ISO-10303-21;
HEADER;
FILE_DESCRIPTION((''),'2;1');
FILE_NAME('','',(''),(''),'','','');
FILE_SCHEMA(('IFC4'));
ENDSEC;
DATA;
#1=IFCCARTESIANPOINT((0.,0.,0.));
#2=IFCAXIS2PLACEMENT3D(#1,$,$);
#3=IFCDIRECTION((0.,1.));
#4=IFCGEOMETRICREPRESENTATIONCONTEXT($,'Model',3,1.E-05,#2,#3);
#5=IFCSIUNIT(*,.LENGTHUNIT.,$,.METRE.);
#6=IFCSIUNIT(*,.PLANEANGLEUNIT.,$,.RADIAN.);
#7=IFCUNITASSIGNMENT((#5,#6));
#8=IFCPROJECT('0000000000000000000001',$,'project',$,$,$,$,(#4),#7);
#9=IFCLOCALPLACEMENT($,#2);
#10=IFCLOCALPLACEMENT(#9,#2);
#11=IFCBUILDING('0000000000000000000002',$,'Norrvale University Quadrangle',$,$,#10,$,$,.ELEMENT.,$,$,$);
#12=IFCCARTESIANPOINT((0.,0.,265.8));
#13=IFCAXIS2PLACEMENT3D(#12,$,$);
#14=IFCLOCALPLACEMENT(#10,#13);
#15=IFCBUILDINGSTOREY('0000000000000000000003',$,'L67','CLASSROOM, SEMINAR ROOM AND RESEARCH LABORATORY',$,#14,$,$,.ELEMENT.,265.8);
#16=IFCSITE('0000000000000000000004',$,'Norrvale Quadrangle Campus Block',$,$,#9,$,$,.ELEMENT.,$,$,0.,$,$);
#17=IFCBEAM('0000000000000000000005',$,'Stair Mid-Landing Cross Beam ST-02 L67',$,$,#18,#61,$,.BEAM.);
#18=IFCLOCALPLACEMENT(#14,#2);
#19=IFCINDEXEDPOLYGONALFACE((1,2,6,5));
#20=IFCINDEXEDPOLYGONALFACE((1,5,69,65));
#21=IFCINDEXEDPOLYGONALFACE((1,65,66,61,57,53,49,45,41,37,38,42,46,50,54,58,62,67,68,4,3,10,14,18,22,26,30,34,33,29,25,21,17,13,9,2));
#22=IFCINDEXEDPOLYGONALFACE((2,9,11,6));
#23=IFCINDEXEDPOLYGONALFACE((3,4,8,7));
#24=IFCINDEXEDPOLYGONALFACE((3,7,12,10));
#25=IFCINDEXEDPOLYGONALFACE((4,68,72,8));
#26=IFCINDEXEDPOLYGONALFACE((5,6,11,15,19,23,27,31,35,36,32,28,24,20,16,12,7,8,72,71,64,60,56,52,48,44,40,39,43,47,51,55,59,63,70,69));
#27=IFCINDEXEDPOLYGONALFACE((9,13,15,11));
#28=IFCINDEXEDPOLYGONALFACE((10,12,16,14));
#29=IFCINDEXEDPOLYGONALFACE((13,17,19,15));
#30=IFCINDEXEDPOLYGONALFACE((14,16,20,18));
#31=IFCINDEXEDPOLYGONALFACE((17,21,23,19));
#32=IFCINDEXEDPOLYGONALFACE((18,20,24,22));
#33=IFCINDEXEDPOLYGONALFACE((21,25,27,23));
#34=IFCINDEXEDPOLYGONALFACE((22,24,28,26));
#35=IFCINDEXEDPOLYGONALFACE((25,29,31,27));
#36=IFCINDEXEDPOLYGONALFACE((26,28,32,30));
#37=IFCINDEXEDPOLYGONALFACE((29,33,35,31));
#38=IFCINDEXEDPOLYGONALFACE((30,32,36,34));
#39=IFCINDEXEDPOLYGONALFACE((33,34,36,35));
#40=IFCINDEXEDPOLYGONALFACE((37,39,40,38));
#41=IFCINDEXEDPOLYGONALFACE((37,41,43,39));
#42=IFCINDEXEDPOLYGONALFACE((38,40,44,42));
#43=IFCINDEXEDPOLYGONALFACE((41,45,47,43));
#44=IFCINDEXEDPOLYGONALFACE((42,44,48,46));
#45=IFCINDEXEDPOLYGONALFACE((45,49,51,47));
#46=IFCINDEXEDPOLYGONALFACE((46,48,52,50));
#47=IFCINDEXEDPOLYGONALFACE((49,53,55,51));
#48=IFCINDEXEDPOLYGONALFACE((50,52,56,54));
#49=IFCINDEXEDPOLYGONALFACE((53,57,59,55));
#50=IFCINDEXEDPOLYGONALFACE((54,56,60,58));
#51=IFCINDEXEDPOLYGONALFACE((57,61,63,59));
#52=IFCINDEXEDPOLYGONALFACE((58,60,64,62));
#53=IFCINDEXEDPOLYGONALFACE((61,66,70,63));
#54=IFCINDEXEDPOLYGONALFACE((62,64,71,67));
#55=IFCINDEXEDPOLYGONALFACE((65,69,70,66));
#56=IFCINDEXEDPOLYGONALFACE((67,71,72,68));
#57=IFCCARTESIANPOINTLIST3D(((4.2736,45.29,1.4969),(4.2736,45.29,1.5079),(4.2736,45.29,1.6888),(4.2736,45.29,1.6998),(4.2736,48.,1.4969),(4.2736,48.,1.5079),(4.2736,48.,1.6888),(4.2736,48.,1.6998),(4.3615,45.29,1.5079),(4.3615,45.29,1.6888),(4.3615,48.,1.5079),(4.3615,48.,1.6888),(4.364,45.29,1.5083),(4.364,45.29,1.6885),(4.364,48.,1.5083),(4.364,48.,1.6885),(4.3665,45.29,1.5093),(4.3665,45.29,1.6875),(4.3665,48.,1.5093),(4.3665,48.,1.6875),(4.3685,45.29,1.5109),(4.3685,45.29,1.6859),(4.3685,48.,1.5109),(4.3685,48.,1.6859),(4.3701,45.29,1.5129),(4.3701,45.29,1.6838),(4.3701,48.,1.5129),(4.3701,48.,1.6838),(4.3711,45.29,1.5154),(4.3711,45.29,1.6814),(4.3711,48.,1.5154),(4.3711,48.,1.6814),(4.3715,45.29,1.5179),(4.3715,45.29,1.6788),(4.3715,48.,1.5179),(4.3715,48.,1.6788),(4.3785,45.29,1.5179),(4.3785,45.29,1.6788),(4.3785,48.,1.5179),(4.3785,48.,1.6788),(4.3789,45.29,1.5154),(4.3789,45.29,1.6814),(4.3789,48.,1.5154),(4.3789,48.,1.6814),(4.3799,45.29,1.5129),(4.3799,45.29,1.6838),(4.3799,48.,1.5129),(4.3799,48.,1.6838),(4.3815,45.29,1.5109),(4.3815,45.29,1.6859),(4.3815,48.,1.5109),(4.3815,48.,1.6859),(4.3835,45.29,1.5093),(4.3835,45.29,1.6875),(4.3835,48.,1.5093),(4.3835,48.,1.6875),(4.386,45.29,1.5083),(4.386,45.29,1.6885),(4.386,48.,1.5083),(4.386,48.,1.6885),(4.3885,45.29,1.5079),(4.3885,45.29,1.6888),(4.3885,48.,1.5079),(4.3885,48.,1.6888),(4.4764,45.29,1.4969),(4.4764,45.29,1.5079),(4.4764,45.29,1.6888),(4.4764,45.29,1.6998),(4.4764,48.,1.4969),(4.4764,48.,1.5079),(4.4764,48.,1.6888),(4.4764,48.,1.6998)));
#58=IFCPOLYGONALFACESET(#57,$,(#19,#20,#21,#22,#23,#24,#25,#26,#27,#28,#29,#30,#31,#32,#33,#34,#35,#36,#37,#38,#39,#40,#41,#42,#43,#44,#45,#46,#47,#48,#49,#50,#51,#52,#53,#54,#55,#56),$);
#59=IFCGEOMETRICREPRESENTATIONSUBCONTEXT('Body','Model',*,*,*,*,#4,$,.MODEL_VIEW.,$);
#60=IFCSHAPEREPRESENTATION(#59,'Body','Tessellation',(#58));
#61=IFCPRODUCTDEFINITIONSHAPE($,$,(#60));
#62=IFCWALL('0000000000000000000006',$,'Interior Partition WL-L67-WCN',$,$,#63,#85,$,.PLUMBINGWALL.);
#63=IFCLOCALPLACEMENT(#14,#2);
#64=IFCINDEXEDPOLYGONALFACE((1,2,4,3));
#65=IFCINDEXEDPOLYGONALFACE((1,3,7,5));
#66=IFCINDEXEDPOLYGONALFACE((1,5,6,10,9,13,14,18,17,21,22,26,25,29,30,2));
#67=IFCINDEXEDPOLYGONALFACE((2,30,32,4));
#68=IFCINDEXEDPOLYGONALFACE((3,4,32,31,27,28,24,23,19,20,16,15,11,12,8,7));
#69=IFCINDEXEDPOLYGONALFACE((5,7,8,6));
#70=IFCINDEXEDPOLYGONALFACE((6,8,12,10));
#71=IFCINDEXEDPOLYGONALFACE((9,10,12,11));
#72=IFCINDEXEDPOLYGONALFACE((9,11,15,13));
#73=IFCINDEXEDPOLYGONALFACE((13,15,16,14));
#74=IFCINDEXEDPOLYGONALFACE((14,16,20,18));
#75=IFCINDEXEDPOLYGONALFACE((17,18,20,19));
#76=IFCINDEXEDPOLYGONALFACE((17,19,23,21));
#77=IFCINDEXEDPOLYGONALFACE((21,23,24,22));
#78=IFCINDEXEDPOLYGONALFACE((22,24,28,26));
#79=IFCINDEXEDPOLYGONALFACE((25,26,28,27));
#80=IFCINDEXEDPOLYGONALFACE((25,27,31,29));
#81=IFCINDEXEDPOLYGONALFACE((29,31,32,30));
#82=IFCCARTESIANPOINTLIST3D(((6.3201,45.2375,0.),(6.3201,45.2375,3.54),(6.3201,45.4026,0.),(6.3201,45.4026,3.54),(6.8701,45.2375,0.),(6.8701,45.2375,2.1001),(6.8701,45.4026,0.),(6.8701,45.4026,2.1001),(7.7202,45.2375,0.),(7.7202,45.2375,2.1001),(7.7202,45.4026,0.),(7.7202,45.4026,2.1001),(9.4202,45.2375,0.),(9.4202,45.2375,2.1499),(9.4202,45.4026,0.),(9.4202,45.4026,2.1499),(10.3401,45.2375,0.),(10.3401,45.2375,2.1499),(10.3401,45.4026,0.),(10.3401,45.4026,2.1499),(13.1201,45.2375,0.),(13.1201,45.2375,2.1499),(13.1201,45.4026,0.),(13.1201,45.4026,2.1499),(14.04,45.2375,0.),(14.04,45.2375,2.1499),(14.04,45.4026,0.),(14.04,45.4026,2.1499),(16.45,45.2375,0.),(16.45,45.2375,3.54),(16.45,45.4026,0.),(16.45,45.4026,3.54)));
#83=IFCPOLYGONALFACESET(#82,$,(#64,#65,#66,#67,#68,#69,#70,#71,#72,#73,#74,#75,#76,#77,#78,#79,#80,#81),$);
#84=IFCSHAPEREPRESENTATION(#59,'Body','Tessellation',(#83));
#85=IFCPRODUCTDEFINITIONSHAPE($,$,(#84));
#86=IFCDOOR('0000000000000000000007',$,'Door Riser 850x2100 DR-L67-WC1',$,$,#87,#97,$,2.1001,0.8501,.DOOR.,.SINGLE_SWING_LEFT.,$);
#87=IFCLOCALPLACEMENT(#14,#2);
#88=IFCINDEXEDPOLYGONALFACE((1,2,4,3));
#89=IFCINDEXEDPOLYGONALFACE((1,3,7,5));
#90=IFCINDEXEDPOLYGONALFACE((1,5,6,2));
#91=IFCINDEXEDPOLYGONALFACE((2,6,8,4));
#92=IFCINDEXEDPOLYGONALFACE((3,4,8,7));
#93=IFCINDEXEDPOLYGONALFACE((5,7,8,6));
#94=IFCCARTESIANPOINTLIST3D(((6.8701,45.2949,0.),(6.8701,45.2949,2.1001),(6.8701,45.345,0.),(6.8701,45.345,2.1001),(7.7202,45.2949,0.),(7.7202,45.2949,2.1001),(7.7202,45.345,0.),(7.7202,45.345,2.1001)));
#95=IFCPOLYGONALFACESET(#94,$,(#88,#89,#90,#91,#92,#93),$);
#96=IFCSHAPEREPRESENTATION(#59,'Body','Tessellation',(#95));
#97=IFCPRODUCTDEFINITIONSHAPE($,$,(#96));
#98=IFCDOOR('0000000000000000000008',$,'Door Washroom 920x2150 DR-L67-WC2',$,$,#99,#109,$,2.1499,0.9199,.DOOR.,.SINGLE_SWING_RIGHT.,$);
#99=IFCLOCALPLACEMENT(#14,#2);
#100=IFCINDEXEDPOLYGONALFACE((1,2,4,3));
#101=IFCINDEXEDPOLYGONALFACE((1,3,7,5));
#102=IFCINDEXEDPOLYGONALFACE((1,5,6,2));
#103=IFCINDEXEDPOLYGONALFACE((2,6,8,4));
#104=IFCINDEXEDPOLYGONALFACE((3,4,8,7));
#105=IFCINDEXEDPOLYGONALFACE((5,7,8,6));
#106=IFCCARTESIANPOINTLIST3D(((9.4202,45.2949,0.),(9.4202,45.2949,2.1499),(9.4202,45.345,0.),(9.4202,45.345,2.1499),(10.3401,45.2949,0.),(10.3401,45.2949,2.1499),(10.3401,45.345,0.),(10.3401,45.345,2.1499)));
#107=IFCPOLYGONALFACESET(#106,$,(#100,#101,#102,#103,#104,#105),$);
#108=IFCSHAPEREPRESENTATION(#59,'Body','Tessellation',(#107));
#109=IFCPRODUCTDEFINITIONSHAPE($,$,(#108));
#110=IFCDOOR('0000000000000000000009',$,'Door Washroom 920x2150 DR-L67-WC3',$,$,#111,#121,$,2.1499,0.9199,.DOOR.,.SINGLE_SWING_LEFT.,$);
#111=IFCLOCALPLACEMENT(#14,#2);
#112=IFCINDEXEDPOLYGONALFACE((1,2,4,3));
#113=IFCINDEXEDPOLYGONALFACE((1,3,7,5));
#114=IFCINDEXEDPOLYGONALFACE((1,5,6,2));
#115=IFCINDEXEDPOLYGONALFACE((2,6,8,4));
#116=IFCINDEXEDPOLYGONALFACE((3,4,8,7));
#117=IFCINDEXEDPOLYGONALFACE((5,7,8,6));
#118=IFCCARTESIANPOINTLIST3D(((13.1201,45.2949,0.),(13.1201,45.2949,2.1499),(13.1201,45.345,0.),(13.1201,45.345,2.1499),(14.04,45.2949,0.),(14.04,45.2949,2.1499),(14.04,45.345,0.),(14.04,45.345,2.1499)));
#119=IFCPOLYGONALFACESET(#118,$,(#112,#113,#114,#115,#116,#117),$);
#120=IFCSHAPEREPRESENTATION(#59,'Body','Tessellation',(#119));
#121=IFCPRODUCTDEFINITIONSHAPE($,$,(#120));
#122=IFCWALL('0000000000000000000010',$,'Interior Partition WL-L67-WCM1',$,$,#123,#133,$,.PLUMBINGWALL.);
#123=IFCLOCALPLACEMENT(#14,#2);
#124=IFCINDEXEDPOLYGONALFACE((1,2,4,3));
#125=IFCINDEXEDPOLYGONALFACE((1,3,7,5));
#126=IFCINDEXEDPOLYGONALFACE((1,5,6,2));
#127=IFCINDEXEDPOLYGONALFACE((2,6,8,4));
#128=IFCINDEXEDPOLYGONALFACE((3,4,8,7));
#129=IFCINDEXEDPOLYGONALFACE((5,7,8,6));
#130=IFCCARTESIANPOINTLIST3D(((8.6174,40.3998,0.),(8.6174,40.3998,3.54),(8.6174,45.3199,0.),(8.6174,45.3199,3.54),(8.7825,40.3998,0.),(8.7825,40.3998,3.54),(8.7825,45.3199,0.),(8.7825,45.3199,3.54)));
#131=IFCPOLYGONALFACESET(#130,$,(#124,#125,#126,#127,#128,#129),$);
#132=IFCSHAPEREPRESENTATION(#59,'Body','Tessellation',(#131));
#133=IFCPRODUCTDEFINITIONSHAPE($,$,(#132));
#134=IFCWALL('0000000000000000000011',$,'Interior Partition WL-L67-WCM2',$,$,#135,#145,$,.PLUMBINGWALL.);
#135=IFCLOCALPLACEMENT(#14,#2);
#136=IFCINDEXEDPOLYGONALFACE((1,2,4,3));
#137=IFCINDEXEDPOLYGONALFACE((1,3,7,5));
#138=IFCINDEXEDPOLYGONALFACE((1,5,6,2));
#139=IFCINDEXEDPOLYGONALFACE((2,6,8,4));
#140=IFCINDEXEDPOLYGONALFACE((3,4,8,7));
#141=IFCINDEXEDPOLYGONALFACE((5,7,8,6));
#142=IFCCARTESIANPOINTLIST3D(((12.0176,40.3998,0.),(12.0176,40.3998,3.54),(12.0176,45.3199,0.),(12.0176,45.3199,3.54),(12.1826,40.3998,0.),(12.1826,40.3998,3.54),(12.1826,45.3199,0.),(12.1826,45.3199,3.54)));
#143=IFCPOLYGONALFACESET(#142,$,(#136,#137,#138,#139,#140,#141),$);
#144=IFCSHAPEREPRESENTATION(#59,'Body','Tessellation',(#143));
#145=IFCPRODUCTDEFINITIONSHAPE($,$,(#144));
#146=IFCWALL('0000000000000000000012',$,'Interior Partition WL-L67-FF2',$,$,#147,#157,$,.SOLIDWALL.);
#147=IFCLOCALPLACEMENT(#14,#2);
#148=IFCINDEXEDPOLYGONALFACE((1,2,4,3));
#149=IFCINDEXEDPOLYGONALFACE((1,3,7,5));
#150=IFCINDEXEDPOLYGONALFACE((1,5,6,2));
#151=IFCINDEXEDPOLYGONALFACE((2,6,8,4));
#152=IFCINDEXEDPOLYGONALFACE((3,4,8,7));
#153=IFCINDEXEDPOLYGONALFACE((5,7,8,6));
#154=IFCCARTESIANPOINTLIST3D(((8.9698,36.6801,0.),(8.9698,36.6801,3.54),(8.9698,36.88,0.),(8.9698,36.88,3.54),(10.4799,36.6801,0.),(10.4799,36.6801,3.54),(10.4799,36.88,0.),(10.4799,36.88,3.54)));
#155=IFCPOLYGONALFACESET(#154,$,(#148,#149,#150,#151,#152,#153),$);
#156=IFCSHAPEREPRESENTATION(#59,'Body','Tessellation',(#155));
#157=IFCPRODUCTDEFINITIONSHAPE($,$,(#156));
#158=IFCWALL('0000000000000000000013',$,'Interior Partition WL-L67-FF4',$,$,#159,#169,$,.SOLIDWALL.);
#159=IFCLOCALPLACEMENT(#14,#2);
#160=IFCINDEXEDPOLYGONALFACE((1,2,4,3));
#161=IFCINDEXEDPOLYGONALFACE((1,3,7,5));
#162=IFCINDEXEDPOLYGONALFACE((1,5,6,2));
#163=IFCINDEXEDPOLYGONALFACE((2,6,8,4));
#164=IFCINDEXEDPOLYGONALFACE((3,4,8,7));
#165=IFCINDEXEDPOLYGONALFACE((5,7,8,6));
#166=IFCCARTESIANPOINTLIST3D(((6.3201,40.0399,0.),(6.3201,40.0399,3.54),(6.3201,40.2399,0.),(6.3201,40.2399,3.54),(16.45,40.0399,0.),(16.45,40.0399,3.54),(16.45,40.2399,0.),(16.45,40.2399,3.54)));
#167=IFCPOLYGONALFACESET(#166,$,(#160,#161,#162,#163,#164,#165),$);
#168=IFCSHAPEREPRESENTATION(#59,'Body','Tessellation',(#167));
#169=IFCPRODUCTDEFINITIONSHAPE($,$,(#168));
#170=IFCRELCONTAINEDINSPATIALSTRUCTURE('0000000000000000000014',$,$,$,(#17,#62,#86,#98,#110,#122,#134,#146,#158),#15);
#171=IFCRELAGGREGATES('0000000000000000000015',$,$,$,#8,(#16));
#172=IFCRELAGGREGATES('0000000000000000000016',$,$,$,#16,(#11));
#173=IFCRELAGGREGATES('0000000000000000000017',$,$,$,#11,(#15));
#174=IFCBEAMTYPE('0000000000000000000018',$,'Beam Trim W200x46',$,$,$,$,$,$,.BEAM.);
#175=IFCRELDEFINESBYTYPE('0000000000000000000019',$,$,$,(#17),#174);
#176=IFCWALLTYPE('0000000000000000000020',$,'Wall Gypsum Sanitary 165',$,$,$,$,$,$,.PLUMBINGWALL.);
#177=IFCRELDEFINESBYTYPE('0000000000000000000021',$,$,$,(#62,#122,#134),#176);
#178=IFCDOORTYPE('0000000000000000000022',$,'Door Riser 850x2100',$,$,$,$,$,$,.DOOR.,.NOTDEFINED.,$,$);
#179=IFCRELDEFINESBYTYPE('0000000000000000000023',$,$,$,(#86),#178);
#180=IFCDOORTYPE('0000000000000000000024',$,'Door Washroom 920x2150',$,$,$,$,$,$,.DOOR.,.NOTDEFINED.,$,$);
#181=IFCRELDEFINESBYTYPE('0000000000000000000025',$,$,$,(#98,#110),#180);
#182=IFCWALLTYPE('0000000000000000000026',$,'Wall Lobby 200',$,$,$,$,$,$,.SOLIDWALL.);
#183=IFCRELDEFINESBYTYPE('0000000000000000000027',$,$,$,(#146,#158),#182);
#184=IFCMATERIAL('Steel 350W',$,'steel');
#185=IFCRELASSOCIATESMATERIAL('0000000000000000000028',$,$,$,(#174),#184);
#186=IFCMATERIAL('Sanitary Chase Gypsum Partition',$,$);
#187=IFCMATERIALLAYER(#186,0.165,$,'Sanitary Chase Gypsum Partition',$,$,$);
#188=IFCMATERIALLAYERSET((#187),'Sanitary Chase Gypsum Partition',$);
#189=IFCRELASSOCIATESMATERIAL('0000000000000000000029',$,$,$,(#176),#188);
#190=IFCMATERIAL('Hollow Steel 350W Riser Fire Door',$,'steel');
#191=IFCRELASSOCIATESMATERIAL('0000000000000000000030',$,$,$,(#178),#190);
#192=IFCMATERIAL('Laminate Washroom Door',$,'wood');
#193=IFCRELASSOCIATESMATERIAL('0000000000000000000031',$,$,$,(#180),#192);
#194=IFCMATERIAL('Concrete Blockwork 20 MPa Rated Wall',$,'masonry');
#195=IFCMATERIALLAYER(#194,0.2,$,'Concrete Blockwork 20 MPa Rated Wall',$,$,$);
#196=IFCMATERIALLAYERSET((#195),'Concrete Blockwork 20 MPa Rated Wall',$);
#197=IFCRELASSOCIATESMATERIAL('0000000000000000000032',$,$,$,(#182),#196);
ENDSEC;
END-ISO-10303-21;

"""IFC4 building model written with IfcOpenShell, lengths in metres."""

from ifc_helpers import new_model, si_unit, direction, frame, frame_2d, origin, origin_2d, place, context, subcontext, project, spatial, rectangle, i_section, extrude, material, layer, layer_set, material_profile, profile_set, type_object, element, fill, save


model = new_model("IFC4")

# Units and contexts
model_context = context("Model", 3, precision=1e-05, world=origin(), true_north=direction((0.0, 1.0)))
body_context = subcontext(model_context, "Body", "Model", "MODEL_VIEW")
ifc_project = project(units=[si_unit("LENGTHUNIT", "METRE"), si_unit("PLANEANGLEUNIT", "RADIAN")], contexts=[model_context])

# Site, building, storey
site_placement = place(None, origin())
site = spatial("IfcSite", under=ifc_project, at=site_placement, Name="Norrvale Quadrangle Campus Block", CompositionType="ELEMENT", RefElevation=0.0)
building_placement = place(site_placement, origin())
building = spatial("IfcBuilding", under=site, at=building_placement, Name="Norrvale University Quadrangle", CompositionType="ELEMENT")
storey_placement = place(building_placement, frame((0.0, 0.0, 265.8)))
storey = spatial("IfcBuildingStorey", under=building, at=storey_placement, Name="L67", Description="CLASSROOM, SEMINAR ROOM AND RESEARCH LABORATORY", CompositionType="ELEMENT", Elevation=265.8)

# Beam
ifc_material_1 = material(Name="Steel 350W", Category="steel")
ifc_material_profile = material_profile(ifc_material_1, i_section(OverallWidth=0.2029, OverallDepth=0.2029, WebThickness=0.0071, FlangeThickness=0.011, FilletRadius=0.01, at=origin_2d()), Name="Steel 350W")
ifc_profile_set = profile_set([ifc_material_profile], Name="Steel 350W")
beam_type = type_object("IfcBeamType", Name="Beam Trim W200x46", PredefinedType="BEAM", material=ifc_profile_set)
beam_placement = place(storey_placement, frame((4.375, 45.29, 1.5984), z_axis=(0.0, 1.0, 0.0), x_axis=(-1.0, 0.0, 0.0)))
element("IfcBeam", 1, at=beam_placement, inside=storey, type_object=beam_type, Name="Stair Mid-Landing Cross Beam ST-02 L67", PredefinedType="BEAM", context=body_context, shape_type="SweptSolid", body=[
    extrude(i_section(OverallWidth=0.2029, OverallDepth=0.2029, WebThickness=0.0071, FlangeThickness=0.011, FilletRadius=0.01, at=origin_2d()), origin(), (0.0, 0.0, 1.0), 2.71),
])

# Wall, openings, doors
ifc_material_2 = material(Name="Sanitary Chase Gypsum Partition")
ifc_layer_1 = layer(ifc_material_2, 0.165, Name="Sanitary Chase Gypsum Partition")
ifc_layer_set_1 = layer_set([ifc_layer_1], Name="Sanitary Chase Gypsum Partition")
wall_type_1 = type_object("IfcWallType", Name="Wall Gypsum Sanitary 165", PredefinedType="PLUMBINGWALL", material=ifc_layer_set_1)
wall_1_placement = place(storey_placement, frame((6.3201, 45.3201, 0.0), z_axis=(0.0, 0.0, 1.0), x_axis=(1.0, 0.0, 0.0)))
wall_1 = element("IfcWall", 2, at=wall_1_placement, inside=storey, type_object=wall_type_1, Name="Interior Partition WL-L67-WCN", PredefinedType="PLUMBINGWALL", context=body_context, shape_type="SweptSolid", body=[
    extrude(rectangle(XDim=10.1299, YDim=0.165, at=frame_2d((5.0649, 0.0))), origin(), (0.0, 0.0, 1.0), 3.54),
])
opening_1_placement = place(wall_1_placement, frame((0.55, 0.0, 0.0)))
opening_1 = element("IfcOpeningElement", 3, at=opening_1_placement, cuts=wall_1, PredefinedType="OPENING", context=body_context, shape_type="SweptSolid", body=[
    extrude(rectangle(XDim=0.8501, YDim=2.1001, at=frame_2d((0.425, 1.05))), frame((0.0, 0.0945, 0.0), z_axis=(0.0, -1.0, 0.0), x_axis=(1.0, 0.0, 0.0)), (0.0, 0.0, 1.0), 0.189),
])
opening_2_placement = place(wall_1_placement, frame((3.1001, 0.0, 0.0)))
opening_2 = element("IfcOpeningElement", 4, at=opening_2_placement, cuts=wall_1, PredefinedType="OPENING", context=body_context, shape_type="SweptSolid", body=[
    extrude(rectangle(XDim=0.9199, YDim=2.1499, at=frame_2d((0.46, 1.075))), frame((0.0, 0.0945, 0.0), z_axis=(0.0, -1.0, 0.0), x_axis=(1.0, 0.0, 0.0)), (0.0, 0.0, 1.0), 0.189),
])
opening_3_placement = place(wall_1_placement, frame((6.8, 0.0, 0.0)))
opening_3 = element("IfcOpeningElement", 5, at=opening_3_placement, cuts=wall_1, PredefinedType="OPENING", context=body_context, shape_type="SweptSolid", body=[
    extrude(rectangle(XDim=0.9199, YDim=2.1499, at=frame_2d((0.46, 1.075))), frame((0.0, 0.0945, 0.0), z_axis=(0.0, -1.0, 0.0), x_axis=(1.0, 0.0, 0.0)), (0.0, 0.0, 1.0), 0.189),
])
ifc_material_3 = material(Name="Hollow Steel 350W Riser Fire Door", Category="steel")
door_type_1 = type_object("IfcDoorType", Name="Door Riser 850x2100", OperationType="NOTDEFINED", PredefinedType="DOOR", material=ifc_material_3)
door_1_placement = place(opening_1_placement, origin())
door_1 = element("IfcDoor", 6, at=door_1_placement, inside=storey, type_object=door_type_1, Name="Door Riser 850x2100 DR-L67-WC1", OperationType="SINGLE_SWING_LEFT", OverallHeight=2.1001, OverallWidth=0.8501, PredefinedType="DOOR", context=body_context, shape_type="SweptSolid", body=[
    extrude(rectangle(XDim=0.8501, YDim=2.1001, at=frame_2d((0.425, 1.05))), frame((0.0, 0.0249, 0.0), z_axis=(0.0, -1.0, 0.0), x_axis=(1.0, 0.0, 0.0)), (0.0, 0.0, 1.0), 0.05),
])
fill(opening_1, door_1)
ifc_material_4 = material(Name="Laminate Washroom Door", Category="wood")
door_type_2 = type_object("IfcDoorType", Name="Door Washroom 920x2150", OperationType="NOTDEFINED", PredefinedType="DOOR", material=ifc_material_4)
door_2_placement = place(opening_2_placement, origin())
door_2 = element("IfcDoor", 7, at=door_2_placement, inside=storey, type_object=door_type_2, Name="Door Washroom 920x2150 DR-L67-WC2", OperationType="SINGLE_SWING_RIGHT", OverallHeight=2.1499, OverallWidth=0.9199, PredefinedType="DOOR", context=body_context, shape_type="SweptSolid", body=[
    extrude(rectangle(XDim=0.9199, YDim=2.1499, at=frame_2d((0.46, 1.075))), frame((0.0, 0.0249, 0.0), z_axis=(0.0, -1.0, 0.0), x_axis=(1.0, 0.0, 0.0)), (0.0, 0.0, 1.0), 0.05),
])
fill(opening_2, door_2)
door_3_placement = place(opening_3_placement, origin())
door_3 = element("IfcDoor", 8, at=door_3_placement, inside=storey, type_object=door_type_2, Name="Door Washroom 920x2150 DR-L67-WC3", OperationType="SINGLE_SWING_LEFT", OverallHeight=2.1499, OverallWidth=0.9199, PredefinedType="DOOR", context=body_context, shape_type="SweptSolid", body=[
    extrude(rectangle(XDim=0.9199, YDim=2.1499, at=frame_2d((0.46, 1.075))), frame((0.0, 0.0249, 0.0), z_axis=(0.0, -1.0, 0.0), x_axis=(1.0, 0.0, 0.0)), (0.0, 0.0, 1.0), 0.05),
])
fill(opening_3, door_3)

# Walls
for number, where, z_axis, x_axis, name in (
    (9, (8.7, 40.3999, 0.0), (0.0, 0.0, 1.0), (0.0, 1.0, 0.0), "Interior Partition WL-L67-WCM1"),
    (10, (12.1001, 40.3999, 0.0), (0.0, 0.0, 1.0), (0.0, 1.0, 0.0), "Interior Partition WL-L67-WCM2"),
):
    element("IfcWall", number, at=place(storey_placement, frame(where, z_axis=z_axis, x_axis=x_axis)), inside=storey, type_object=wall_type_1, Name=name, PredefinedType="PLUMBINGWALL", context=body_context, shape_type="SweptSolid", body=[
        extrude(rectangle(XDim=4.9202, YDim=0.165, at=frame_2d((2.46, 0.0))), origin(), (0.0, 0.0, 1.0), 3.54),
    ])
ifc_material_5 = material(Name="Concrete Blockwork 20 MPa Rated Wall", Category="masonry")
ifc_layer_2 = layer(ifc_material_5, 0.2, Name="Concrete Blockwork 20 MPa Rated Wall")
ifc_layer_set_2 = layer_set([ifc_layer_2], Name="Concrete Blockwork 20 MPa Rated Wall")
wall_type_2 = type_object("IfcWallType", Name="Wall Lobby 200", PredefinedType="SOLIDWALL", material=ifc_layer_set_2)
wall_2_placement = place(storey_placement, frame((8.97, 36.78, 0.0), z_axis=(0.0, 0.0, 1.0), x_axis=(1.0, 0.0, 0.0)))
element("IfcWall", 11, at=wall_2_placement, inside=storey, type_object=wall_type_2, Name="Interior Partition WL-L67-FF2", PredefinedType="SOLIDWALL", context=body_context, shape_type="SweptSolid", body=[
    extrude(rectangle(XDim=1.51, YDim=0.2, at=frame_2d((0.7549, 0.0))), origin(), (0.0, 0.0, 1.0), 3.54),
])
wall_3_placement = place(storey_placement, frame((6.3201, 40.1399, 0.0), z_axis=(0.0, 0.0, 1.0), x_axis=(1.0, 0.0, 0.0)))
element("IfcWall", 12, at=wall_3_placement, inside=storey, type_object=wall_type_2, Name="Interior Partition WL-L67-FF4", PredefinedType="SOLIDWALL", context=body_context, shape_type="SweptSolid", body=[
    extrude(rectangle(XDim=10.1299, YDim=0.2, at=frame_2d((5.0649, 0.0))), origin(), (0.0, 0.0, 1.0), 3.54),
])

save(model, "model.ifc")
